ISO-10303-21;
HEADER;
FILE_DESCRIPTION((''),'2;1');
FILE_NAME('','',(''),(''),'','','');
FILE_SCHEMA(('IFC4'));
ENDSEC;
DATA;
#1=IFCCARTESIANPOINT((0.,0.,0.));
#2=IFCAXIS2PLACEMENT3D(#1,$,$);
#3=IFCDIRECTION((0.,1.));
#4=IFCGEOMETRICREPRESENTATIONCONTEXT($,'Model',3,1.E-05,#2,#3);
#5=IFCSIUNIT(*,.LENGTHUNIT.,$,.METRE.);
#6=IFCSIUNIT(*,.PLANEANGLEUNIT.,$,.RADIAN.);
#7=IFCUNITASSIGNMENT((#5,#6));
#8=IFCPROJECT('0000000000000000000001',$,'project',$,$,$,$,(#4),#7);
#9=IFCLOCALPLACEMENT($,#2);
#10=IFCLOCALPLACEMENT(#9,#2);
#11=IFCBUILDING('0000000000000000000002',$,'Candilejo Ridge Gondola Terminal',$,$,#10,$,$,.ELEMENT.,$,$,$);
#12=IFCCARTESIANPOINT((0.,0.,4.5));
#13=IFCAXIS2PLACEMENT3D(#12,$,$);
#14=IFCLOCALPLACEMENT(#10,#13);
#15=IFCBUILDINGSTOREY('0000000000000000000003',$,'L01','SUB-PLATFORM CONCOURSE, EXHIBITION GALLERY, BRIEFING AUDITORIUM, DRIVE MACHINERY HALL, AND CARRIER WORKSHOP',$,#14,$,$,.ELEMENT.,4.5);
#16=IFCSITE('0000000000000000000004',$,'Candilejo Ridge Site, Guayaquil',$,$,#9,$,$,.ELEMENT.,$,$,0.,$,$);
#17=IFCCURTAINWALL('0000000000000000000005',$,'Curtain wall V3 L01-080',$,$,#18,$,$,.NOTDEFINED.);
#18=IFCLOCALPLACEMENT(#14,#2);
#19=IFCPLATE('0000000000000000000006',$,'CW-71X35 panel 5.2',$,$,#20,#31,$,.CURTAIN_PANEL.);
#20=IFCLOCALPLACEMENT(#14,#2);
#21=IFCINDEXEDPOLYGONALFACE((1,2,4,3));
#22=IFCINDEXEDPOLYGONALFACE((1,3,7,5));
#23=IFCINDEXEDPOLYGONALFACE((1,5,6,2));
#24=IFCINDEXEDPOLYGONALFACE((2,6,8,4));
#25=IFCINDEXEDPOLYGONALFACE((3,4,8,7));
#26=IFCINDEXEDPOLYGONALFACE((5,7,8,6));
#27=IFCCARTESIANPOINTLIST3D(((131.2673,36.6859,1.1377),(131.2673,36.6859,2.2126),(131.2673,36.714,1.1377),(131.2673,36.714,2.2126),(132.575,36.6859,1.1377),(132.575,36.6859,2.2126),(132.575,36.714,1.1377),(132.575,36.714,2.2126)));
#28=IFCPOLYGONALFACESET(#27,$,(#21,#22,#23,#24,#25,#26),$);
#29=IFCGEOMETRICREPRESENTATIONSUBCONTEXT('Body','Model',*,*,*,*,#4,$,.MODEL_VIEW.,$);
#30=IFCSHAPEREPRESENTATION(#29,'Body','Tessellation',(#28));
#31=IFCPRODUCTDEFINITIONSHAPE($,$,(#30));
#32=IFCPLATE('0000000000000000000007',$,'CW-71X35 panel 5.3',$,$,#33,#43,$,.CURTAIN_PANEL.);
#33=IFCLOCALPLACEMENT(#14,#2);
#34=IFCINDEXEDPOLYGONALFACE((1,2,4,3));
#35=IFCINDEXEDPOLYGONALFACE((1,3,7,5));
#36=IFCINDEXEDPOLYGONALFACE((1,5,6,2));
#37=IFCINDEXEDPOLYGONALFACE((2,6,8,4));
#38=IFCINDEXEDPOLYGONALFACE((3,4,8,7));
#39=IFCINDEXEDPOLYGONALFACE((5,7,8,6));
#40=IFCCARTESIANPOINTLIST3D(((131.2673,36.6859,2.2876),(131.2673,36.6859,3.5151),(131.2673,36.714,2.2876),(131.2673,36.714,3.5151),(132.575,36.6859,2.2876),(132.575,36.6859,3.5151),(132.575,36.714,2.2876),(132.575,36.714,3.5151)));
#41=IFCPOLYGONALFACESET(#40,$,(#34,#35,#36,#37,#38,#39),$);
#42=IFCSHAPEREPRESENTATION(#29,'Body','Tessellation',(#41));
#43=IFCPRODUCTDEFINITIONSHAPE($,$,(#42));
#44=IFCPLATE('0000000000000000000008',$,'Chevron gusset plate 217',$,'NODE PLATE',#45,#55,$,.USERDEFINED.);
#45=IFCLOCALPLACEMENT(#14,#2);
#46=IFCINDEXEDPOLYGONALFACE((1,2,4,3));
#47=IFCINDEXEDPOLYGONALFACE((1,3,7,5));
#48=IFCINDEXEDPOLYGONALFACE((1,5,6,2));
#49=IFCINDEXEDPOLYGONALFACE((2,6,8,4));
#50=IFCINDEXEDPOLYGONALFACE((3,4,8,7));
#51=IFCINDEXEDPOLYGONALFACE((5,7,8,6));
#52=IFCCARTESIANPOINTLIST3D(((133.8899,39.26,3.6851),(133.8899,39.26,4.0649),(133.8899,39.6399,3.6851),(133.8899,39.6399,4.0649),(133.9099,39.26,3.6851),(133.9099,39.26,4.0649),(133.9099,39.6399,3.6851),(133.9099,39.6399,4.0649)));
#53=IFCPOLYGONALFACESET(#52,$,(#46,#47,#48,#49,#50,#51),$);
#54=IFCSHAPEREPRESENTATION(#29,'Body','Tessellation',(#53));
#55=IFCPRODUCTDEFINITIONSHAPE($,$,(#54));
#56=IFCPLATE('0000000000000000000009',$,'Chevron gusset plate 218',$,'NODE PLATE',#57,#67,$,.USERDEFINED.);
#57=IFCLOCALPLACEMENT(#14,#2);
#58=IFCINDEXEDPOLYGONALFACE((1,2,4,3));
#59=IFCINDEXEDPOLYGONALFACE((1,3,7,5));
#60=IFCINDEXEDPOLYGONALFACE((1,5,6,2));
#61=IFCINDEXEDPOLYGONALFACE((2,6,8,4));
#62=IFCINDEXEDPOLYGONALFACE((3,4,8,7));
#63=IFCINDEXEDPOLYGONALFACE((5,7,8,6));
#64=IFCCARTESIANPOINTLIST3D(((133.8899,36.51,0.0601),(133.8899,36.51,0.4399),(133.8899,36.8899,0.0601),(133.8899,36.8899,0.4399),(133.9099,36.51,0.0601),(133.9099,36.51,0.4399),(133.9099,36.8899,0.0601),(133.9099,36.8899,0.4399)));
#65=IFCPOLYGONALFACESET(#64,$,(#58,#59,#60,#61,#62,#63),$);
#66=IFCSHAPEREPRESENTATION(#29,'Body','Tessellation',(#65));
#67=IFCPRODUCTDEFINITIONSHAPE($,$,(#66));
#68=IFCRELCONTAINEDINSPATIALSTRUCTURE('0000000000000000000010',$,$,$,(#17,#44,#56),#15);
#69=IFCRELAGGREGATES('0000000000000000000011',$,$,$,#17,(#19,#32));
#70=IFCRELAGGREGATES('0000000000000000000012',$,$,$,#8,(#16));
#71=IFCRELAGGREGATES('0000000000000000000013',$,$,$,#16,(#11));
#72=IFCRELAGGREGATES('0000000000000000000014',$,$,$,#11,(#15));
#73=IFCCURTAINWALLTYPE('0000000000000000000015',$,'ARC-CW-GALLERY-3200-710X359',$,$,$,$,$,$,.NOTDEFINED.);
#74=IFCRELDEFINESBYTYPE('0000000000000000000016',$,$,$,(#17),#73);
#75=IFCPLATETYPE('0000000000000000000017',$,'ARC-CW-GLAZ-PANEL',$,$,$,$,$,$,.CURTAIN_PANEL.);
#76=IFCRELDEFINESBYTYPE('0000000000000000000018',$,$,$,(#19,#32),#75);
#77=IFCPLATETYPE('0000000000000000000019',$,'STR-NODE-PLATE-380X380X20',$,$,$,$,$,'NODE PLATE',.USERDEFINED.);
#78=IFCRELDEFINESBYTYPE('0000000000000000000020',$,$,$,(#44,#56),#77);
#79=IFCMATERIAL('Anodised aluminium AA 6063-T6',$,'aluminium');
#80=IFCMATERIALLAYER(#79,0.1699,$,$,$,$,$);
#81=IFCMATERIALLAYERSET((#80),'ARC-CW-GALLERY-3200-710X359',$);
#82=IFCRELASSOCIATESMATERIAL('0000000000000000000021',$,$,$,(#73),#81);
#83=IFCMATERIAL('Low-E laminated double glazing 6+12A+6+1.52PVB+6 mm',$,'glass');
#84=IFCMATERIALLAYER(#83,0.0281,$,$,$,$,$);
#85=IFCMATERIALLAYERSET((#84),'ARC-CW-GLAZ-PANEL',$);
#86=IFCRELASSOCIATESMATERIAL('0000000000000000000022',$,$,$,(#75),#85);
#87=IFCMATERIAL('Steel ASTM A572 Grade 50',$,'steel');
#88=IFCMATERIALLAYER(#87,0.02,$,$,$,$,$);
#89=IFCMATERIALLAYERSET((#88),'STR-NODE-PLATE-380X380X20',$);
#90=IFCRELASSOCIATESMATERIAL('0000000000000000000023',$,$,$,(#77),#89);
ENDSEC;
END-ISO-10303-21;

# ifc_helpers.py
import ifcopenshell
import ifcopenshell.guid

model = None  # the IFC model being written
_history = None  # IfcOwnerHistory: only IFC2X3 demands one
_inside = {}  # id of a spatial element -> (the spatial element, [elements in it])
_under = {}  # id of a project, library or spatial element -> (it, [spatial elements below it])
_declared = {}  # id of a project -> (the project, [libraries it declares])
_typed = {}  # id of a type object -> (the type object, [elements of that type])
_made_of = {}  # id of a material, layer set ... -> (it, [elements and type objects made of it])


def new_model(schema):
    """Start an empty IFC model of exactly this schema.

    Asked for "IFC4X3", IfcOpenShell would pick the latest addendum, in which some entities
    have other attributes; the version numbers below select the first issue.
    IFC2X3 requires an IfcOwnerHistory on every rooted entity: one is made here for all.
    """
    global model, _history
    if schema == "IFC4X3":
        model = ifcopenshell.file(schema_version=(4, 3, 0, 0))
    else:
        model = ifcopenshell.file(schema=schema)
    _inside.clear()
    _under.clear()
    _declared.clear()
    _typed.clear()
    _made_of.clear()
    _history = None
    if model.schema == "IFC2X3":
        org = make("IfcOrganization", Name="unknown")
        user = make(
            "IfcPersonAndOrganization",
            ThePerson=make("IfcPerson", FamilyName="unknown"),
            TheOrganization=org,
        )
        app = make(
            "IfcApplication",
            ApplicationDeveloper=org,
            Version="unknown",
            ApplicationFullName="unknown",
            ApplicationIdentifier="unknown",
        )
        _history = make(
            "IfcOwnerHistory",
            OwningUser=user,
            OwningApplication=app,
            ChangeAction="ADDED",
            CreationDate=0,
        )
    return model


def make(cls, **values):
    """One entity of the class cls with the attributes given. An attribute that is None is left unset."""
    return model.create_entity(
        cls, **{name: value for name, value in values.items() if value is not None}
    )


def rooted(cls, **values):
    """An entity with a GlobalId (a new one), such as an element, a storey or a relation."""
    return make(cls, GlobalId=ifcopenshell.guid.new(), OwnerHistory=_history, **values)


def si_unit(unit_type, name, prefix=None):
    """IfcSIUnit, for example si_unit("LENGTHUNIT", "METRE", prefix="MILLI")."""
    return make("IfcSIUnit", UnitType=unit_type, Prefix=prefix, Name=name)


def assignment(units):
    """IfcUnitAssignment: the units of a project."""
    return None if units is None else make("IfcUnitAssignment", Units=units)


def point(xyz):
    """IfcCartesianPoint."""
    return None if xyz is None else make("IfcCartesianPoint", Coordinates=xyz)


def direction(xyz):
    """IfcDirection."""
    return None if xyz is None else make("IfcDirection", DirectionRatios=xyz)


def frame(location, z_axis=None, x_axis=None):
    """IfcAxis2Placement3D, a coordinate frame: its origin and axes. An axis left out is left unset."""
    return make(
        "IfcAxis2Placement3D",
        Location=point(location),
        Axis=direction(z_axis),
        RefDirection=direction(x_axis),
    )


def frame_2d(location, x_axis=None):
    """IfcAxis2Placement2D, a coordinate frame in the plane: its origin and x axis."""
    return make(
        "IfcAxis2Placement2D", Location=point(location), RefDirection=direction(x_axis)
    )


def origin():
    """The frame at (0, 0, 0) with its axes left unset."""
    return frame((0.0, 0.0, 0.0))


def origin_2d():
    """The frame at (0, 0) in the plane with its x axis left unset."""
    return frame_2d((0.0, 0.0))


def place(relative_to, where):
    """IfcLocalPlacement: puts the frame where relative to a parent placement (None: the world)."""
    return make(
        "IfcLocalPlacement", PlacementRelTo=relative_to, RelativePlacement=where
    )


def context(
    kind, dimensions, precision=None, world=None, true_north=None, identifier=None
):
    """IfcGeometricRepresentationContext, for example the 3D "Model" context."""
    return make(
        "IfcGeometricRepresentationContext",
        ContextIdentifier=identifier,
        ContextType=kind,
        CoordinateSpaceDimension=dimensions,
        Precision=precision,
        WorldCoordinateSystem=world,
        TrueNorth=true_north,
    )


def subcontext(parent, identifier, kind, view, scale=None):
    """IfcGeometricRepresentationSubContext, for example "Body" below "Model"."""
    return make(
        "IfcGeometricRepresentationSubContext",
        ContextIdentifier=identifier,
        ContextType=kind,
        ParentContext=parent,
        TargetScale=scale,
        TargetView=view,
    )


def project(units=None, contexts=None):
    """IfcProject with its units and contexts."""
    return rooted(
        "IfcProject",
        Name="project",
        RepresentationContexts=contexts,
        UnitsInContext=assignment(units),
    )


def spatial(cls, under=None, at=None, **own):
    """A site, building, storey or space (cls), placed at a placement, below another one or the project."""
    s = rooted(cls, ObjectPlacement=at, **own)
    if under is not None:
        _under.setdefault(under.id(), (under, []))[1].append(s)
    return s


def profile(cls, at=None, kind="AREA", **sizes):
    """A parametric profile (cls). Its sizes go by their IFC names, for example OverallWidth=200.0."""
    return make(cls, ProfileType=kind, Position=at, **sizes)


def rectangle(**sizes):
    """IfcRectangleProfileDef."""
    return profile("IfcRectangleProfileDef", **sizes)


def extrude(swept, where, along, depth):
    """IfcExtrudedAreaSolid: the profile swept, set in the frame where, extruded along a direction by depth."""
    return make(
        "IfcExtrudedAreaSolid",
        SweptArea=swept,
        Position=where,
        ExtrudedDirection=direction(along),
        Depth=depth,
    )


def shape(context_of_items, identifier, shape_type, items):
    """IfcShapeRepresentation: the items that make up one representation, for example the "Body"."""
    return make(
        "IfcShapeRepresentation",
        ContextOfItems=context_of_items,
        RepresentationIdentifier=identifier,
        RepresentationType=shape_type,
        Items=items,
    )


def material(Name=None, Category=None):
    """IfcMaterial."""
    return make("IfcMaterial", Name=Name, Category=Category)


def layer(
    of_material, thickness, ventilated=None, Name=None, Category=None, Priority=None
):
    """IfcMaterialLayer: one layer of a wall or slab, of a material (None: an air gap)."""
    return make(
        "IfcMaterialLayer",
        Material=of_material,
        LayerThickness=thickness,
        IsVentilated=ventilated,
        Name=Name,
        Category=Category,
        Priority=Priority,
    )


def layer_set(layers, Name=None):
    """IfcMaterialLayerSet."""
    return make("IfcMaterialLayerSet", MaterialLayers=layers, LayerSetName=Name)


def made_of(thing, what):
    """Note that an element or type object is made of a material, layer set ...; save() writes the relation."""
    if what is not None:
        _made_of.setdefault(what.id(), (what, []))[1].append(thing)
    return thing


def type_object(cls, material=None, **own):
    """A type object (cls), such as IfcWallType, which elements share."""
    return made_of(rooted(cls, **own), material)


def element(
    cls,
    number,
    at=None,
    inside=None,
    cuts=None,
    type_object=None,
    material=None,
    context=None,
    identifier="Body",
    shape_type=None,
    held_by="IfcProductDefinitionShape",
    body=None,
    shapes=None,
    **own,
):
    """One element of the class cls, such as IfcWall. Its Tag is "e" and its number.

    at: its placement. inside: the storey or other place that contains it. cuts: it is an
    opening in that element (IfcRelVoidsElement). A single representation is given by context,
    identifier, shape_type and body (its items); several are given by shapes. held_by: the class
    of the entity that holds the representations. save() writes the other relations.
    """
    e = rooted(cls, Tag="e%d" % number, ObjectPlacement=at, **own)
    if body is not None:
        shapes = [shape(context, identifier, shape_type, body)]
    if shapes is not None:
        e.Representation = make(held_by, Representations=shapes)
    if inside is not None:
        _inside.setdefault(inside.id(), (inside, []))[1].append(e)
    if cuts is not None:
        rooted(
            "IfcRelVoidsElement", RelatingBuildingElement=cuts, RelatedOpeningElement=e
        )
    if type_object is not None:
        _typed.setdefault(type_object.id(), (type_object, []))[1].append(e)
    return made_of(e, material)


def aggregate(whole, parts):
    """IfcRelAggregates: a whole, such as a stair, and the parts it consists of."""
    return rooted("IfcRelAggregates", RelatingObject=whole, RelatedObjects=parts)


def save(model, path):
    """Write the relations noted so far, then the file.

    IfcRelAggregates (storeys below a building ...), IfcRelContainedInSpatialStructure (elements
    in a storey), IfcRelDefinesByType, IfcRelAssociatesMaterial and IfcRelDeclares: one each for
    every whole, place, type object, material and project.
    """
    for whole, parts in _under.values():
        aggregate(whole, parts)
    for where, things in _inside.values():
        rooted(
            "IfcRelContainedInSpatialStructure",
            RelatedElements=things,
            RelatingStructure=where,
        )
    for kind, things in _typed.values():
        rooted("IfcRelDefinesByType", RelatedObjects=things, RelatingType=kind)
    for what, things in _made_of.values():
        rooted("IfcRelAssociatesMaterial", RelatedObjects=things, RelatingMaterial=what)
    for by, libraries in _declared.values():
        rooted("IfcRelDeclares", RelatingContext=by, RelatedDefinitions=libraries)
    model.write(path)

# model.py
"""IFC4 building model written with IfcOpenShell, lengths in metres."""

from ifc_helpers import new_model, si_unit, direction, frame, origin, origin_2d, place, context, subcontext, project, spatial, rectangle, extrude, material, layer, layer_set, type_object, element, aggregate, save


model = new_model("IFC4")

# Units and contexts
model_context = context("Model", 3, precision=1e-05, world=origin(), true_north=direction((0.0, 1.0)))
body_context = subcontext(model_context, "Body", "Model", "MODEL_VIEW")
ifc_project = project(units=[si_unit("LENGTHUNIT", "METRE"), si_unit("PLANEANGLEUNIT", "RADIAN")], contexts=[model_context])

# Site, building, storey
site_placement = place(None, origin())
site = spatial("IfcSite", under=ifc_project, at=site_placement, Name="Candilejo Ridge Site, Guayaquil", CompositionType="ELEMENT", RefElevation=0.0)
building_placement = place(site_placement, origin())
building = spatial("IfcBuilding", under=site, at=building_placement, Name="Candilejo Ridge Gondola Terminal", CompositionType="ELEMENT")
storey_placement = place(building_placement, frame((0.0, 0.0, 4.5)))
storey = spatial("IfcBuildingStorey", under=building, at=storey_placement, Name="L01", Description="SUB-PLATFORM CONCOURSE, EXHIBITION GALLERY, BRIEFING AUDITORIUM, DRIVE MACHINERY HALL, AND CARRIER WORKSHOP", CompositionType="ELEMENT", Elevation=4.5)

# Curtain wall
ifc_material_1 = material(Name="Anodised aluminium AA 6063-T6", Category="aluminium")
ifc_layer_1 = layer(ifc_material_1, 0.1699)
ifc_layer_set_1 = layer_set([ifc_layer_1], Name="ARC-CW-GALLERY-3200-710X359")
curtain_wall_type = type_object("IfcCurtainWallType", Name="ARC-CW-GALLERY-3200-710X359", PredefinedType="NOTDEFINED", material=ifc_layer_set_1)
curtain_wall_placement = place(storey_placement, origin())
curtain_wall = element("IfcCurtainWall", 1, at=curtain_wall_placement, inside=storey, type_object=curtain_wall_type, Name="Curtain wall V3 L01-080", PredefinedType="NOTDEFINED")

# Plates
ifc_material_2 = material(Name="Low-E laminated double glazing 6+12A+6+1.52PVB+6 mm", Category="glass")
ifc_layer_2 = layer(ifc_material_2, 0.0281)
ifc_layer_set_2 = layer_set([ifc_layer_2], Name="ARC-CW-GLAZ-PANEL")
plate_type_1 = type_object("IfcPlateType", Name="ARC-CW-GLAZ-PANEL", PredefinedType="CURTAIN_PANEL", material=ifc_layer_set_2)
plate_1_placement = place(storey_placement, frame((131.9211, 36.7, 1.1377), z_axis=(0.0, 0.0, 1.0), x_axis=(1.0, 0.0, 0.0)))
plate_1 = element("IfcPlate", 2, at=plate_1_placement, type_object=plate_type_1, Name="CW-71X35 panel 5.2", PredefinedType="CURTAIN_PANEL", context=body_context, shape_type="SweptSolid", body=[
    extrude(rectangle(XDim=1.3076, YDim=0.0281, at=origin_2d()), origin(), (0.0, 0.0, 1.0), 1.075),
])
plate_2_placement = place(storey_placement, frame((131.9211, 36.7, 2.2876), z_axis=(0.0, 0.0, 1.0), x_axis=(1.0, 0.0, 0.0)))
plate_2 = element("IfcPlate", 3, at=plate_2_placement, type_object=plate_type_1, Name="CW-71X35 panel 5.3", PredefinedType="CURTAIN_PANEL", context=body_context, shape_type="SweptSolid", body=[
    extrude(rectangle(XDim=1.3076, YDim=0.0281, at=origin_2d()), origin(), (0.0, 0.0, 1.0), 1.2275),
])
aggregate(curtain_wall, [plate_1, plate_2])

# Plates
ifc_material_3 = material(Name="Steel ASTM A572 Grade 50", Category="steel")
ifc_layer_3 = layer(ifc_material_3, 0.02)
ifc_layer_set_3 = layer_set([ifc_layer_3], Name="STR-NODE-PLATE-380X380X20")
plate_type_2 = type_object("IfcPlateType", Name="STR-NODE-PLATE-380X380X20", ElementType="NODE PLATE", PredefinedType="USERDEFINED", material=ifc_layer_set_3)
for number, where, z_axis, x_axis, name in (
    (4, (133.8999, 39.45, 3.6851), (0.0, 0.0, 1.0), (1.0, 0.0, 0.0), "Chevron gusset plate 217"),
    (5, (133.8999, 36.7, 0.0601), (0.0, 0.0, 1.0), (1.0, 0.0, 0.0), "Chevron gusset plate 218"),
):
    element("IfcPlate", number, at=place(storey_placement, frame(where, z_axis=z_axis, x_axis=x_axis)), inside=storey, type_object=plate_type_2, Name=name, ObjectType="NODE PLATE", PredefinedType="USERDEFINED", context=body_context, shape_type="SweptSolid", body=[
        extrude(rectangle(XDim=0.02, YDim=0.3799, at=origin_2d()), origin(), (0.0, 0.0, 1.0), 0.3799),
    ])

save(model, "model.ifc")
